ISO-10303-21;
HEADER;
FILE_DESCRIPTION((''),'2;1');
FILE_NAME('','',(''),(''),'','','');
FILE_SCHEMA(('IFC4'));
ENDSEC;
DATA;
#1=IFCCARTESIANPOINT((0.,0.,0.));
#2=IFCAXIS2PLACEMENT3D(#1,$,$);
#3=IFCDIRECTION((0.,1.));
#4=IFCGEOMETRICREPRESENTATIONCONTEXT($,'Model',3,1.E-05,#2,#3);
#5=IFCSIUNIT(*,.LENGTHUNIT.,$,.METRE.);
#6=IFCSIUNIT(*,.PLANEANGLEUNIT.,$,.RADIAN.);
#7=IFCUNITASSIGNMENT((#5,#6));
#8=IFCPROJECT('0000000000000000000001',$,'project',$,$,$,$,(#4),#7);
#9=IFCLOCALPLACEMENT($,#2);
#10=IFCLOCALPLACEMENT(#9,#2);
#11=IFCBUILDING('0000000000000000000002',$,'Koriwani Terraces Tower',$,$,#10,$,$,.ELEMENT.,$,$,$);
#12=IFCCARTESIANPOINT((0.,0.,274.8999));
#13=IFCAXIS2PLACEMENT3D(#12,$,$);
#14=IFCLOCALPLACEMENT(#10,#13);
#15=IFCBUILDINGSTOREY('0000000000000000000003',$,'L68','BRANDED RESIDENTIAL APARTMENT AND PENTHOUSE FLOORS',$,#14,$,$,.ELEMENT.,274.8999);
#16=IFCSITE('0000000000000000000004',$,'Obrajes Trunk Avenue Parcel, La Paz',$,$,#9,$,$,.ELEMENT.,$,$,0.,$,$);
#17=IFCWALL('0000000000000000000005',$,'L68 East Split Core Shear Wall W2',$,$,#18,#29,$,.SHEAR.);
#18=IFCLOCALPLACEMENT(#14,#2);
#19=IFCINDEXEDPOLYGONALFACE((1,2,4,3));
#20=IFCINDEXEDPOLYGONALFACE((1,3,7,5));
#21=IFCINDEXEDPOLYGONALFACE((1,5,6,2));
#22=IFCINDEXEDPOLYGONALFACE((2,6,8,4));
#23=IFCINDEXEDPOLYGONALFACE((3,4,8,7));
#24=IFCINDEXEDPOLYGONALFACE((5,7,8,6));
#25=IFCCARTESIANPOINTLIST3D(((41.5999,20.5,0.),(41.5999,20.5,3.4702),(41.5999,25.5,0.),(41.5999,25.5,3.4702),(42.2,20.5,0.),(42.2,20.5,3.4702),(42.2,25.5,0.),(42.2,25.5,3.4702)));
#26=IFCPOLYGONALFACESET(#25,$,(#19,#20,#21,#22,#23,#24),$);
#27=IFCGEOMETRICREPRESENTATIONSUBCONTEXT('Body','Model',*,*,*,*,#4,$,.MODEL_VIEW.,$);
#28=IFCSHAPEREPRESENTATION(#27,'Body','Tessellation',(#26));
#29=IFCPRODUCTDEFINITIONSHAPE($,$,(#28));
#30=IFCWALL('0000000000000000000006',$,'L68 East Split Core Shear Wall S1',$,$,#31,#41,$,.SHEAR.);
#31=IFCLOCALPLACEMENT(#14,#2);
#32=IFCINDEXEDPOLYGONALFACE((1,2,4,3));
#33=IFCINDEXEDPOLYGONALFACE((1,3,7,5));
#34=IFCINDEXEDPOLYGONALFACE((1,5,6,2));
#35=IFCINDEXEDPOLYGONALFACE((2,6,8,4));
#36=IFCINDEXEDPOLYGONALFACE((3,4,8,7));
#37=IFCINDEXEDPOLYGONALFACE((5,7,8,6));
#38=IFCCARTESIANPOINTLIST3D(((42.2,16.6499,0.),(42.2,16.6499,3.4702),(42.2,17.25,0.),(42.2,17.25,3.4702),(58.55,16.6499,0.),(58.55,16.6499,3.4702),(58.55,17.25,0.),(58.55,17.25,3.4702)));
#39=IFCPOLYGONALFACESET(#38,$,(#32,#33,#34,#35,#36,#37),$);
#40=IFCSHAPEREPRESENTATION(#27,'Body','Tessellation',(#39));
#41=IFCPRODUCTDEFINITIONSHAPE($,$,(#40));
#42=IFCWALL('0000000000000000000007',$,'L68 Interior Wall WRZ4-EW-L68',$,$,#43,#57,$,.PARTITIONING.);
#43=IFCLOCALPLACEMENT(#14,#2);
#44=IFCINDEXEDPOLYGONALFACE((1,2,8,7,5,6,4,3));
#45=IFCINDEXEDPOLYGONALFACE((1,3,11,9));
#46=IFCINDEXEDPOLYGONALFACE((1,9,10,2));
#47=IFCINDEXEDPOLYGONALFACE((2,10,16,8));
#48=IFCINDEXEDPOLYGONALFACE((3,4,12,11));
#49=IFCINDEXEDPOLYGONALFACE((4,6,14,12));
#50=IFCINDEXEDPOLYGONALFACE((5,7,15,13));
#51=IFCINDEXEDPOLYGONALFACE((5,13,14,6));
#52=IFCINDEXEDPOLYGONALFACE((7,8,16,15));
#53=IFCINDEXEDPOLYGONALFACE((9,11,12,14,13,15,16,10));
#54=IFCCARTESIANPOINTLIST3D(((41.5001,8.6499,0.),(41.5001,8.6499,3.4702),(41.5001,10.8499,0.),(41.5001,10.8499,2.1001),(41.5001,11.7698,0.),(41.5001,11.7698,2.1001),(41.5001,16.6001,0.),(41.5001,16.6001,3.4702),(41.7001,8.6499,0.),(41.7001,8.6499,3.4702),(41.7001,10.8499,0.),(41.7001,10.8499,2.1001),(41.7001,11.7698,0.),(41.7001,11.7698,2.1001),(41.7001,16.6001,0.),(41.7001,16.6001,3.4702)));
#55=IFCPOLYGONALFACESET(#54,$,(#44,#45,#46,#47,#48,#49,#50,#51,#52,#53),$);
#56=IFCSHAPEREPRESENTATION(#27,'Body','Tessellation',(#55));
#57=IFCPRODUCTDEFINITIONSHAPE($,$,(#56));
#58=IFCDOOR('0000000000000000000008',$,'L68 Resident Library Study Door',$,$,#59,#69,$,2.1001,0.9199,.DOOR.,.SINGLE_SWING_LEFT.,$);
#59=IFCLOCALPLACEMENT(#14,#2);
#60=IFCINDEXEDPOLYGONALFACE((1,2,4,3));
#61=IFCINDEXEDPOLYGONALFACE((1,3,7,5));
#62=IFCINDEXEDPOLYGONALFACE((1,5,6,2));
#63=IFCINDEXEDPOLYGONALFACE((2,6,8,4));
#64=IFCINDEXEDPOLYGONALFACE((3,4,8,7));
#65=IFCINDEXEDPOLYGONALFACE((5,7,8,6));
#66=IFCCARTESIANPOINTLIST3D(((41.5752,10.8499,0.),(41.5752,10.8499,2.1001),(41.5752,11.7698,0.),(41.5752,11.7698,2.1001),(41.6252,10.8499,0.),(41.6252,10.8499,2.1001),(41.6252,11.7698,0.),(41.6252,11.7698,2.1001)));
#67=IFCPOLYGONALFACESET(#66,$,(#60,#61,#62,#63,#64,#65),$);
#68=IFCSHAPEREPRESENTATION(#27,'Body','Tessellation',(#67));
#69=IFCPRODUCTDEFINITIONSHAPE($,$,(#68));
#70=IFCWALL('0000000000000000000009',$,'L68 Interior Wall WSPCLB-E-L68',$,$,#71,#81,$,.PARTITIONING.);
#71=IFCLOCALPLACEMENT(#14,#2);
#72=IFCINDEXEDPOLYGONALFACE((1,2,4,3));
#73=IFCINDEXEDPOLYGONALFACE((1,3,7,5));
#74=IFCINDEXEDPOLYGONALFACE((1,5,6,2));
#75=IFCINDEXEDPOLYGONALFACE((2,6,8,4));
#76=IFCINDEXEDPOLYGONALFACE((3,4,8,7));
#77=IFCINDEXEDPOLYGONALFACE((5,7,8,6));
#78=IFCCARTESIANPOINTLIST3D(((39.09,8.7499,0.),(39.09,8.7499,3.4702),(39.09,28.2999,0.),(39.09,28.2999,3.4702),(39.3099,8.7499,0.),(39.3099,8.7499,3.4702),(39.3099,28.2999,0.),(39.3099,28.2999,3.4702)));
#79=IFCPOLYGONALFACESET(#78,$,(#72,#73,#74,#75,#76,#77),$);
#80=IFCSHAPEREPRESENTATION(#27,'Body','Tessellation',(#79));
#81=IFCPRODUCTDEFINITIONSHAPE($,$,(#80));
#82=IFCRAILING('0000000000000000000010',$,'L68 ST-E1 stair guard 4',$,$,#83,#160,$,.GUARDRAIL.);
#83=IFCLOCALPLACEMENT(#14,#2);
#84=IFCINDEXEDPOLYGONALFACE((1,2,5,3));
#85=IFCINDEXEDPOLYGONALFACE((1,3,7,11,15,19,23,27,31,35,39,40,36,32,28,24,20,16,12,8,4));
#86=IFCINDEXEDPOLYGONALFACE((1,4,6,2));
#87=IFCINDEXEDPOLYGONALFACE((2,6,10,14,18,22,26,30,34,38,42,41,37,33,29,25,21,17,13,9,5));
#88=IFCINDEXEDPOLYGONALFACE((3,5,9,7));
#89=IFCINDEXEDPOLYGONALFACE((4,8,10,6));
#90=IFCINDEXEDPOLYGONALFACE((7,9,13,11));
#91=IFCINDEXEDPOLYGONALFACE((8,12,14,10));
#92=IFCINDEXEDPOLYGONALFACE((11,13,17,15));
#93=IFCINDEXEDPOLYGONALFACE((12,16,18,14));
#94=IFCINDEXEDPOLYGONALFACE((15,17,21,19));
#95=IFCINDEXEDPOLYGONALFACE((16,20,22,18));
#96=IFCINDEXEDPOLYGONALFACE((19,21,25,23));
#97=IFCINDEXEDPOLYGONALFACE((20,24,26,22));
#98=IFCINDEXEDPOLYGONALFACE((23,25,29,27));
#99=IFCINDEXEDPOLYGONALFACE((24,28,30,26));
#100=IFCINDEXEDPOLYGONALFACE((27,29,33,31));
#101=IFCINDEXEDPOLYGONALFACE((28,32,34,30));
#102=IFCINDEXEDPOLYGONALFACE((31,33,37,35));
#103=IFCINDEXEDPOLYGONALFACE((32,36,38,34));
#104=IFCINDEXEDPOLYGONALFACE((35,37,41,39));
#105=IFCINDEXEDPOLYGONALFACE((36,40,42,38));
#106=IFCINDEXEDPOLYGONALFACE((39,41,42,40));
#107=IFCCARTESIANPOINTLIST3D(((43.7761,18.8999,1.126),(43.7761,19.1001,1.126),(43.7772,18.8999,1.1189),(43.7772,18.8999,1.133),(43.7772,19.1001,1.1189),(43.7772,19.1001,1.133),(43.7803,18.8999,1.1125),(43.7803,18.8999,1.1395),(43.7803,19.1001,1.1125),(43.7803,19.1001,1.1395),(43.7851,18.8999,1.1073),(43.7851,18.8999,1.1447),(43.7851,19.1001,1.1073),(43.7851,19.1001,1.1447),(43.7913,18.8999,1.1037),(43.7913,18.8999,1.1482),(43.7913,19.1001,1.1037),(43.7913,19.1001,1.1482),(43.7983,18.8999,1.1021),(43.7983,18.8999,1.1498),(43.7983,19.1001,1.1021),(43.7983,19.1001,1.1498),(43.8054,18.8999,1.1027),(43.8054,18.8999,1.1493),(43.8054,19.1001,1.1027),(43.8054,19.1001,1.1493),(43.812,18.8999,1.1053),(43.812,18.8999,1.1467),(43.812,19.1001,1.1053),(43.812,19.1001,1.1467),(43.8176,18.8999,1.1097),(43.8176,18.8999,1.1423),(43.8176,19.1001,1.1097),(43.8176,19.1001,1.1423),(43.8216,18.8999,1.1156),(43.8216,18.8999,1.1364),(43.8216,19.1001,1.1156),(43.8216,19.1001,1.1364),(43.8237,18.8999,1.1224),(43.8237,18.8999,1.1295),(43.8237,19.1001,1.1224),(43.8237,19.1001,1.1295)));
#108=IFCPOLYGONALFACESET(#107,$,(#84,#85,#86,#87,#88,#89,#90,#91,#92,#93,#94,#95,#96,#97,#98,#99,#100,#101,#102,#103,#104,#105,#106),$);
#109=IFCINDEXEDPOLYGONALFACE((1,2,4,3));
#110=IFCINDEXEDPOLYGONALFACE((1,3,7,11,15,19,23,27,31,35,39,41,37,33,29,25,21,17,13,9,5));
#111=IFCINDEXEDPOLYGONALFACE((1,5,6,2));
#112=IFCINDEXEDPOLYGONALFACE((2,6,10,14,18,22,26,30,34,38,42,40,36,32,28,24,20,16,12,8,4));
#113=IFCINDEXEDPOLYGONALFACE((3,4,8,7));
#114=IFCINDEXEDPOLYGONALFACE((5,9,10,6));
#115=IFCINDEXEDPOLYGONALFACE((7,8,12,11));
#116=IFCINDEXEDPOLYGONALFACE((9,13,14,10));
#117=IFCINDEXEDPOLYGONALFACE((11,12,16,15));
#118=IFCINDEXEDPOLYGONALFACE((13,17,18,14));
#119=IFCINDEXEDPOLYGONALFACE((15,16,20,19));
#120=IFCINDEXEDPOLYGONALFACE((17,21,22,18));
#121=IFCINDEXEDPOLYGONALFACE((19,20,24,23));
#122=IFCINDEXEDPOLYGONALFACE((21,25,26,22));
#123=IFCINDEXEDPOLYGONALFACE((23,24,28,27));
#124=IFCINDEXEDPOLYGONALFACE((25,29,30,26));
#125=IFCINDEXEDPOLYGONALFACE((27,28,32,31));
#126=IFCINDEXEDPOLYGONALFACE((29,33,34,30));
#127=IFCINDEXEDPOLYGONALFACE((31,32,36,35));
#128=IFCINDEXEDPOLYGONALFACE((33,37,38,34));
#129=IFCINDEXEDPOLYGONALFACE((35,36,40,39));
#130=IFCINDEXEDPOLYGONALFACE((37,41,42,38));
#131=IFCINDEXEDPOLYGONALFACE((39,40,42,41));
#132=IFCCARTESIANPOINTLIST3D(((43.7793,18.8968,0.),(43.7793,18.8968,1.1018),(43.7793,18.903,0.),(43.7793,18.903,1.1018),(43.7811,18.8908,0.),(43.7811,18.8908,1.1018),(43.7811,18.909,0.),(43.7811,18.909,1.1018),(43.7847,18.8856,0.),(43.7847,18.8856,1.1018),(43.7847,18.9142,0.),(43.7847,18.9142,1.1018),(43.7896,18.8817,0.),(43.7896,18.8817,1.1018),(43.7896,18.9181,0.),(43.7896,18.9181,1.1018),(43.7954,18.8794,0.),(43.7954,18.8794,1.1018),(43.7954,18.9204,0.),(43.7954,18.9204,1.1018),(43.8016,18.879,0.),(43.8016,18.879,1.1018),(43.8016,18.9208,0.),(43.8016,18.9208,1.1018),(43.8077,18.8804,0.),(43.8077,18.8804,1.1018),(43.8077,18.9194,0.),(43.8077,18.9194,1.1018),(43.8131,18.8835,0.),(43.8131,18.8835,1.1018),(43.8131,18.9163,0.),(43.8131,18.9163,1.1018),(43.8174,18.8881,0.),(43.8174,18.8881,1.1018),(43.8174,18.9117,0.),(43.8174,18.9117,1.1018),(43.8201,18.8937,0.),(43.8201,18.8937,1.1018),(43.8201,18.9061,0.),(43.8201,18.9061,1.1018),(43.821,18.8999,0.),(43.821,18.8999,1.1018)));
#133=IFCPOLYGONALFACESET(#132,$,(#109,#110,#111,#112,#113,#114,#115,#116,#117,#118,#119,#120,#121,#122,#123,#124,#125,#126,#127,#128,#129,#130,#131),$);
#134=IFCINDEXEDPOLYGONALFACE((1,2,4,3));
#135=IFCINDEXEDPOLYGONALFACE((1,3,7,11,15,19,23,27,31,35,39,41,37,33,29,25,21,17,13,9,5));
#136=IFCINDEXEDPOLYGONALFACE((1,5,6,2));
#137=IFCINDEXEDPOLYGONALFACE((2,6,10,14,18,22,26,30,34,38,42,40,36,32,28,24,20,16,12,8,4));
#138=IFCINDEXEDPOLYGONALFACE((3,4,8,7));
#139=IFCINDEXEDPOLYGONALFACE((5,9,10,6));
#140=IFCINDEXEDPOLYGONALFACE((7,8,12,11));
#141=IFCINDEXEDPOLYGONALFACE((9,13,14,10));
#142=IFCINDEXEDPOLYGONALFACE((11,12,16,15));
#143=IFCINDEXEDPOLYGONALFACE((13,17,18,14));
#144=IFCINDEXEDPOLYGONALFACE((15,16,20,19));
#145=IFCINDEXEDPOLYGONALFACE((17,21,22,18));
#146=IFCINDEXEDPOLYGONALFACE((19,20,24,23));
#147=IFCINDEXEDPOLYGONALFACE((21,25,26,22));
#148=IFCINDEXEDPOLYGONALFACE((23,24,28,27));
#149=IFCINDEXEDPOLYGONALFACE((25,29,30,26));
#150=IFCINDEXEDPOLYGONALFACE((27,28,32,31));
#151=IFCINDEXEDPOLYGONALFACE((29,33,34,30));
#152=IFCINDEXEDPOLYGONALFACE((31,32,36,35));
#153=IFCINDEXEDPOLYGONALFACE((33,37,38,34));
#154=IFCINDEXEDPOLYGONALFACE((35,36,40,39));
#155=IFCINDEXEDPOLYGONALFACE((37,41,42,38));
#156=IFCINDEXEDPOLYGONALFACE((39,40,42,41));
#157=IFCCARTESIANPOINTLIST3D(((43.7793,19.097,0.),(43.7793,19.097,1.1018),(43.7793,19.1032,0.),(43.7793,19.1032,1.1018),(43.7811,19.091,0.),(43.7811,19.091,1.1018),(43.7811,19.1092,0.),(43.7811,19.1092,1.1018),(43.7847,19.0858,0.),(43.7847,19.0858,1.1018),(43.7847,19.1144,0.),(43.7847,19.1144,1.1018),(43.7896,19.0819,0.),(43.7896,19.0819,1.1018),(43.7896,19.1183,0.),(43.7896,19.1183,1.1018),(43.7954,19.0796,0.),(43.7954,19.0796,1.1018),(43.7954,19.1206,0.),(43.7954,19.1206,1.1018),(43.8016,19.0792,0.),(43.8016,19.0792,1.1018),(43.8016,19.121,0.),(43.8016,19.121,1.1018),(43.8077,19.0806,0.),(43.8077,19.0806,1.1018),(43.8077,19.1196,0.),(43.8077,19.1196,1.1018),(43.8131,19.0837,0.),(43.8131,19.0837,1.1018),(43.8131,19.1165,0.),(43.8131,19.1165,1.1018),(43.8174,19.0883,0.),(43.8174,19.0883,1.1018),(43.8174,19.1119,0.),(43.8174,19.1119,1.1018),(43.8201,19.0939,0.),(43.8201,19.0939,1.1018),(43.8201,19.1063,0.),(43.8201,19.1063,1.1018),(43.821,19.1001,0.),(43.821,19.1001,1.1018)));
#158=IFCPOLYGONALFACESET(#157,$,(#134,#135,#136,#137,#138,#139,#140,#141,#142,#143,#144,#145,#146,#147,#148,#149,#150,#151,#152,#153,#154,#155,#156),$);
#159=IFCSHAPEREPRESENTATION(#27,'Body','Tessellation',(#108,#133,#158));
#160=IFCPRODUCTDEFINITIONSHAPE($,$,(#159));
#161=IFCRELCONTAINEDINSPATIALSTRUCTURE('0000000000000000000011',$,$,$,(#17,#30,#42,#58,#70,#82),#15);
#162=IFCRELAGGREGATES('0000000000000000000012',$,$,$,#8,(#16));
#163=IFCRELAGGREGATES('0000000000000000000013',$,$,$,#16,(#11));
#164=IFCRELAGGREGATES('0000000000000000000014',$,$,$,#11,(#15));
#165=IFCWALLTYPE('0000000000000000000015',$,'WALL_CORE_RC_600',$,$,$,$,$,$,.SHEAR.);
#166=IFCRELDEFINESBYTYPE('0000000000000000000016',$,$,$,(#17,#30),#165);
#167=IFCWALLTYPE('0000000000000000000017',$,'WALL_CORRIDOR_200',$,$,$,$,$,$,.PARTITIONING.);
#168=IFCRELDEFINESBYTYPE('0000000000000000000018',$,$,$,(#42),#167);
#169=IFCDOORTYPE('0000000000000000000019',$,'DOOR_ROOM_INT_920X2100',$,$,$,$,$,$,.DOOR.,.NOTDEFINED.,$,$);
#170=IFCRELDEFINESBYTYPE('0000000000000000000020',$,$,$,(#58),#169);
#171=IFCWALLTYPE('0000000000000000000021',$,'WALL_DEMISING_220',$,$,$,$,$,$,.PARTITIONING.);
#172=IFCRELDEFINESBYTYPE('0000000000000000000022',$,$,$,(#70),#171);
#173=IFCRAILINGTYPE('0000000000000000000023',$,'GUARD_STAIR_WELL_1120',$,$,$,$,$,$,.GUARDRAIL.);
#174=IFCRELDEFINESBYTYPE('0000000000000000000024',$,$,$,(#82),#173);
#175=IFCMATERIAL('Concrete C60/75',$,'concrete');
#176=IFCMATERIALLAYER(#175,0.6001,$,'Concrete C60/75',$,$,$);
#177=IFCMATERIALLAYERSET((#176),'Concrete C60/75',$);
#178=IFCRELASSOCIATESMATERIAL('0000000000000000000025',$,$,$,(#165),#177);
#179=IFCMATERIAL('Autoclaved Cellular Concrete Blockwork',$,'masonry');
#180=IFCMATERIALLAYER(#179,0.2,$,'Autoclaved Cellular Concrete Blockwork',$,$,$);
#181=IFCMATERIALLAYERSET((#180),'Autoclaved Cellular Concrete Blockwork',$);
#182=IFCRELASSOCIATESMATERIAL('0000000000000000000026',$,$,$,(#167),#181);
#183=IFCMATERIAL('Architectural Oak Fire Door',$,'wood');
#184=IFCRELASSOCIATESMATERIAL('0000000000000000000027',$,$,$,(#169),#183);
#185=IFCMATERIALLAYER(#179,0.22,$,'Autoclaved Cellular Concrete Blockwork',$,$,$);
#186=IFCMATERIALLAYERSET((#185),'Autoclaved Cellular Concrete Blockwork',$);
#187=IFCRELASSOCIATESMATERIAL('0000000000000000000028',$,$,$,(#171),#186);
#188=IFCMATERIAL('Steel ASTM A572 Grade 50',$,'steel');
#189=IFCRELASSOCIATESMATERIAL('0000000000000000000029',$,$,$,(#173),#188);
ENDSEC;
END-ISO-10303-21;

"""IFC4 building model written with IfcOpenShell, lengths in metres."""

from ifc_helpers import new_model, si_unit, direction, frame, frame_2d, origin, origin_2d, place, context, subcontext, project, spatial, rectangle, circle, extrude, material, layer, layer_set, type_object, element, fill, save


model = new_model("IFC4")

# Units and contexts
model_context = context("Model", 3, precision=1e-05, world=origin(), true_north=direction((0.0, 1.0)))
body_context = subcontext(model_context, "Body", "Model", "MODEL_VIEW")
ifc_project = project(units=[si_unit("LENGTHUNIT", "METRE"), si_unit("PLANEANGLEUNIT", "RADIAN")], contexts=[model_context])

# Site, building, storey
site_placement = place(None, origin())
site = spatial("IfcSite", under=ifc_project, at=site_placement, Name="Obrajes Trunk Avenue Parcel, La Paz", CompositionType="ELEMENT", RefElevation=0.0)
building_placement = place(site_placement, origin())
building = spatial("IfcBuilding", under=site, at=building_placement, Name="Koriwani Terraces Tower", CompositionType="ELEMENT")
storey_placement = place(building_placement, frame((0.0, 0.0, 274.8999)))
storey = spatial("IfcBuildingStorey", under=building, at=storey_placement, Name="L68", Description="BRANDED RESIDENTIAL APARTMENT AND PENTHOUSE FLOORS", CompositionType="ELEMENT", Elevation=274.8999)

# Shared definitions
ifc_material_1 = material(Name="Steel ASTM A572 Grade 50", Category="steel")

# Walls
ifc_material_2 = material(Name="Concrete C60/75", Category="concrete")
ifc_layer_1 = layer(ifc_material_2, 0.6001, Name="Concrete C60/75")
ifc_layer_set_1 = layer_set([ifc_layer_1], Name="Concrete C60/75")
wall_type_1 = type_object("IfcWallType", Name="WALL_CORE_RC_600", PredefinedType="SHEAR", material=ifc_layer_set_1)
wall_1_placement = place(storey_placement, frame((41.8999, 20.5, 0.0), z_axis=(0.0, 0.0, 1.0), x_axis=(0.0, 1.0, 0.0)))
element("IfcWall", 1, at=wall_1_placement, inside=storey, type_object=wall_type_1, Name="L68 East Split Core Shear Wall W2", PredefinedType="SHEAR", context=body_context, shape_type="SweptSolid", body=[
    extrude(rectangle(XDim=5.0, YDim=0.6001, at=frame_2d((2.5, 0.0))), origin(), (0.0, 0.0, 1.0), 3.4702),
])
wall_2_placement = place(storey_placement, frame((42.2, 16.95, 0.0), z_axis=(0.0, 0.0, 1.0), x_axis=(1.0, 0.0, 0.0)))
element("IfcWall", 2, at=wall_2_placement, inside=storey, type_object=wall_type_1, Name="L68 East Split Core Shear Wall S1", PredefinedType="SHEAR", context=body_context, shape_type="SweptSolid", body=[
    extrude(rectangle(XDim=16.3501, YDim=0.6001, at=frame_2d((8.175, 0.0))), origin(), (0.0, 0.0, 1.0), 3.4702),
])

# Wall, opening, door
ifc_material_3 = material(Name="Autoclaved Cellular Concrete Blockwork", Category="masonry")
ifc_layer_2 = layer(ifc_material_3, 0.2, Name="Autoclaved Cellular Concrete Blockwork")
ifc_layer_set_2 = layer_set([ifc_layer_2], Name="Autoclaved Cellular Concrete Blockwork")
wall_type_2 = type_object("IfcWallType", Name="WALL_CORRIDOR_200", PredefinedType="PARTITIONING", material=ifc_layer_set_2)
wall_3_placement = place(storey_placement, frame((41.6001, 8.6499, 0.0), z_axis=(0.0, 0.0, 1.0), x_axis=(0.0, 1.0, 0.0)))
wall_3 = element("IfcWall", 3, at=wall_3_placement, inside=storey, type_object=wall_type_2, Name="L68 Interior Wall WRZ4-EW-L68", PredefinedType="PARTITIONING", context=body_context, shape_type="SweptSolid", body=[
    extrude(rectangle(XDim=7.9502, YDim=0.2, at=frame_2d((3.9751, 0.0))), origin(), (0.0, 0.0, 1.0), 3.4702),
])
opening_1_placement = place(wall_3_placement, frame((2.2, 0.0, 0.0)))
opening_1 = element("IfcOpeningElement", 4, at=opening_1_placement, cuts=wall_3, PredefinedType="OPENING", context=body_context, shape_type="SweptSolid", body=[
    extrude(rectangle(XDim=0.9199, YDim=2.1001, at=frame_2d((0.46, 1.05))), frame((0.0, 0.1099, 0.0), z_axis=(0.0, -1.0, 0.0), x_axis=(1.0, 0.0, 0.0)), (0.0, 0.0, 1.0), 0.22),
])
ifc_material_4 = material(Name="Architectural Oak Fire Door", Category="wood")
door_type_1 = type_object("IfcDoorType", Name="DOOR_ROOM_INT_920X2100", OperationType="NOTDEFINED", PredefinedType="DOOR", material=ifc_material_4)
door_1_placement = place(opening_1_placement, origin())
door_1 = element("IfcDoor", 5, at=door_1_placement, inside=storey, type_object=door_type_1, Name="L68 Resident Library Study Door", OperationType="SINGLE_SWING_LEFT", OverallHeight=2.1001, OverallWidth=0.9199, PredefinedType="DOOR", context=body_context, shape_type="SweptSolid", body=[
    extrude(rectangle(XDim=0.9199, YDim=2.1001, at=frame_2d((0.46, 1.05))), frame((0.0, 0.0249, 0.0), z_axis=(0.0, -1.0, 0.0), x_axis=(1.0, 0.0, 0.0)), (0.0, 0.0, 1.0), 0.05),
])
fill(opening_1, door_1)

# Wall
ifc_layer_3 = layer(ifc_material_3, 0.22, Name="Autoclaved Cellular Concrete Blockwork")
ifc_layer_set_3 = layer_set([ifc_layer_3], Name="Autoclaved Cellular Concrete Blockwork")
wall_type_3 = type_object("IfcWallType", Name="WALL_DEMISING_220", PredefinedType="PARTITIONING", material=ifc_layer_set_3)
wall_4_placement = place(storey_placement, frame((39.2, 8.75, 0.0), z_axis=(0.0, 0.0, 1.0), x_axis=(0.0, 1.0, 0.0)))
element("IfcWall", 6, at=wall_4_placement, inside=storey, type_object=wall_type_3, Name="L68 Interior Wall WSPCLB-E-L68", PredefinedType="PARTITIONING", context=body_context, shape_type="SweptSolid", body=[
    extrude(rectangle(XDim=19.55, YDim=0.22, at=frame_2d((9.7749, 0.0))), origin(), (0.0, 0.0, 1.0), 3.4702),
])

# Railing
railing_type_1 = type_object("IfcRailingType", Name="GUARD_STAIR_WELL_1120", PredefinedType="GUARDRAIL", material=ifc_material_1)
railing_1_placement = place(storey_placement, frame((43.8, 18.8999, 0.0)))
element("IfcRailing", 7, at=railing_1_placement, inside=storey, type_object=railing_type_1, Name="L68 ST-E1 stair guard 4", PredefinedType="GUARDRAIL", context=body_context, shape_type="SweptSolid", body=[
    extrude(circle(Radius=0.0239, at=origin_2d()), frame((0.0, 0.0, 1.126), z_axis=(0.0, 1.0, 0.0), x_axis=(-1.0, 0.0, 0.0)), (0.0, 0.0, 1.0), 0.2002),
    extrude(circle(Radius=0.021, at=origin_2d()), origin(), (0.0, 0.0, 1.0), 1.1018),
    extrude(circle(Radius=0.021, at=origin_2d()), frame((0.0, 0.2002, 0.0)), (0.0, 0.0, 1.0), 1.1018),
])

save(model, "model.ifc")
